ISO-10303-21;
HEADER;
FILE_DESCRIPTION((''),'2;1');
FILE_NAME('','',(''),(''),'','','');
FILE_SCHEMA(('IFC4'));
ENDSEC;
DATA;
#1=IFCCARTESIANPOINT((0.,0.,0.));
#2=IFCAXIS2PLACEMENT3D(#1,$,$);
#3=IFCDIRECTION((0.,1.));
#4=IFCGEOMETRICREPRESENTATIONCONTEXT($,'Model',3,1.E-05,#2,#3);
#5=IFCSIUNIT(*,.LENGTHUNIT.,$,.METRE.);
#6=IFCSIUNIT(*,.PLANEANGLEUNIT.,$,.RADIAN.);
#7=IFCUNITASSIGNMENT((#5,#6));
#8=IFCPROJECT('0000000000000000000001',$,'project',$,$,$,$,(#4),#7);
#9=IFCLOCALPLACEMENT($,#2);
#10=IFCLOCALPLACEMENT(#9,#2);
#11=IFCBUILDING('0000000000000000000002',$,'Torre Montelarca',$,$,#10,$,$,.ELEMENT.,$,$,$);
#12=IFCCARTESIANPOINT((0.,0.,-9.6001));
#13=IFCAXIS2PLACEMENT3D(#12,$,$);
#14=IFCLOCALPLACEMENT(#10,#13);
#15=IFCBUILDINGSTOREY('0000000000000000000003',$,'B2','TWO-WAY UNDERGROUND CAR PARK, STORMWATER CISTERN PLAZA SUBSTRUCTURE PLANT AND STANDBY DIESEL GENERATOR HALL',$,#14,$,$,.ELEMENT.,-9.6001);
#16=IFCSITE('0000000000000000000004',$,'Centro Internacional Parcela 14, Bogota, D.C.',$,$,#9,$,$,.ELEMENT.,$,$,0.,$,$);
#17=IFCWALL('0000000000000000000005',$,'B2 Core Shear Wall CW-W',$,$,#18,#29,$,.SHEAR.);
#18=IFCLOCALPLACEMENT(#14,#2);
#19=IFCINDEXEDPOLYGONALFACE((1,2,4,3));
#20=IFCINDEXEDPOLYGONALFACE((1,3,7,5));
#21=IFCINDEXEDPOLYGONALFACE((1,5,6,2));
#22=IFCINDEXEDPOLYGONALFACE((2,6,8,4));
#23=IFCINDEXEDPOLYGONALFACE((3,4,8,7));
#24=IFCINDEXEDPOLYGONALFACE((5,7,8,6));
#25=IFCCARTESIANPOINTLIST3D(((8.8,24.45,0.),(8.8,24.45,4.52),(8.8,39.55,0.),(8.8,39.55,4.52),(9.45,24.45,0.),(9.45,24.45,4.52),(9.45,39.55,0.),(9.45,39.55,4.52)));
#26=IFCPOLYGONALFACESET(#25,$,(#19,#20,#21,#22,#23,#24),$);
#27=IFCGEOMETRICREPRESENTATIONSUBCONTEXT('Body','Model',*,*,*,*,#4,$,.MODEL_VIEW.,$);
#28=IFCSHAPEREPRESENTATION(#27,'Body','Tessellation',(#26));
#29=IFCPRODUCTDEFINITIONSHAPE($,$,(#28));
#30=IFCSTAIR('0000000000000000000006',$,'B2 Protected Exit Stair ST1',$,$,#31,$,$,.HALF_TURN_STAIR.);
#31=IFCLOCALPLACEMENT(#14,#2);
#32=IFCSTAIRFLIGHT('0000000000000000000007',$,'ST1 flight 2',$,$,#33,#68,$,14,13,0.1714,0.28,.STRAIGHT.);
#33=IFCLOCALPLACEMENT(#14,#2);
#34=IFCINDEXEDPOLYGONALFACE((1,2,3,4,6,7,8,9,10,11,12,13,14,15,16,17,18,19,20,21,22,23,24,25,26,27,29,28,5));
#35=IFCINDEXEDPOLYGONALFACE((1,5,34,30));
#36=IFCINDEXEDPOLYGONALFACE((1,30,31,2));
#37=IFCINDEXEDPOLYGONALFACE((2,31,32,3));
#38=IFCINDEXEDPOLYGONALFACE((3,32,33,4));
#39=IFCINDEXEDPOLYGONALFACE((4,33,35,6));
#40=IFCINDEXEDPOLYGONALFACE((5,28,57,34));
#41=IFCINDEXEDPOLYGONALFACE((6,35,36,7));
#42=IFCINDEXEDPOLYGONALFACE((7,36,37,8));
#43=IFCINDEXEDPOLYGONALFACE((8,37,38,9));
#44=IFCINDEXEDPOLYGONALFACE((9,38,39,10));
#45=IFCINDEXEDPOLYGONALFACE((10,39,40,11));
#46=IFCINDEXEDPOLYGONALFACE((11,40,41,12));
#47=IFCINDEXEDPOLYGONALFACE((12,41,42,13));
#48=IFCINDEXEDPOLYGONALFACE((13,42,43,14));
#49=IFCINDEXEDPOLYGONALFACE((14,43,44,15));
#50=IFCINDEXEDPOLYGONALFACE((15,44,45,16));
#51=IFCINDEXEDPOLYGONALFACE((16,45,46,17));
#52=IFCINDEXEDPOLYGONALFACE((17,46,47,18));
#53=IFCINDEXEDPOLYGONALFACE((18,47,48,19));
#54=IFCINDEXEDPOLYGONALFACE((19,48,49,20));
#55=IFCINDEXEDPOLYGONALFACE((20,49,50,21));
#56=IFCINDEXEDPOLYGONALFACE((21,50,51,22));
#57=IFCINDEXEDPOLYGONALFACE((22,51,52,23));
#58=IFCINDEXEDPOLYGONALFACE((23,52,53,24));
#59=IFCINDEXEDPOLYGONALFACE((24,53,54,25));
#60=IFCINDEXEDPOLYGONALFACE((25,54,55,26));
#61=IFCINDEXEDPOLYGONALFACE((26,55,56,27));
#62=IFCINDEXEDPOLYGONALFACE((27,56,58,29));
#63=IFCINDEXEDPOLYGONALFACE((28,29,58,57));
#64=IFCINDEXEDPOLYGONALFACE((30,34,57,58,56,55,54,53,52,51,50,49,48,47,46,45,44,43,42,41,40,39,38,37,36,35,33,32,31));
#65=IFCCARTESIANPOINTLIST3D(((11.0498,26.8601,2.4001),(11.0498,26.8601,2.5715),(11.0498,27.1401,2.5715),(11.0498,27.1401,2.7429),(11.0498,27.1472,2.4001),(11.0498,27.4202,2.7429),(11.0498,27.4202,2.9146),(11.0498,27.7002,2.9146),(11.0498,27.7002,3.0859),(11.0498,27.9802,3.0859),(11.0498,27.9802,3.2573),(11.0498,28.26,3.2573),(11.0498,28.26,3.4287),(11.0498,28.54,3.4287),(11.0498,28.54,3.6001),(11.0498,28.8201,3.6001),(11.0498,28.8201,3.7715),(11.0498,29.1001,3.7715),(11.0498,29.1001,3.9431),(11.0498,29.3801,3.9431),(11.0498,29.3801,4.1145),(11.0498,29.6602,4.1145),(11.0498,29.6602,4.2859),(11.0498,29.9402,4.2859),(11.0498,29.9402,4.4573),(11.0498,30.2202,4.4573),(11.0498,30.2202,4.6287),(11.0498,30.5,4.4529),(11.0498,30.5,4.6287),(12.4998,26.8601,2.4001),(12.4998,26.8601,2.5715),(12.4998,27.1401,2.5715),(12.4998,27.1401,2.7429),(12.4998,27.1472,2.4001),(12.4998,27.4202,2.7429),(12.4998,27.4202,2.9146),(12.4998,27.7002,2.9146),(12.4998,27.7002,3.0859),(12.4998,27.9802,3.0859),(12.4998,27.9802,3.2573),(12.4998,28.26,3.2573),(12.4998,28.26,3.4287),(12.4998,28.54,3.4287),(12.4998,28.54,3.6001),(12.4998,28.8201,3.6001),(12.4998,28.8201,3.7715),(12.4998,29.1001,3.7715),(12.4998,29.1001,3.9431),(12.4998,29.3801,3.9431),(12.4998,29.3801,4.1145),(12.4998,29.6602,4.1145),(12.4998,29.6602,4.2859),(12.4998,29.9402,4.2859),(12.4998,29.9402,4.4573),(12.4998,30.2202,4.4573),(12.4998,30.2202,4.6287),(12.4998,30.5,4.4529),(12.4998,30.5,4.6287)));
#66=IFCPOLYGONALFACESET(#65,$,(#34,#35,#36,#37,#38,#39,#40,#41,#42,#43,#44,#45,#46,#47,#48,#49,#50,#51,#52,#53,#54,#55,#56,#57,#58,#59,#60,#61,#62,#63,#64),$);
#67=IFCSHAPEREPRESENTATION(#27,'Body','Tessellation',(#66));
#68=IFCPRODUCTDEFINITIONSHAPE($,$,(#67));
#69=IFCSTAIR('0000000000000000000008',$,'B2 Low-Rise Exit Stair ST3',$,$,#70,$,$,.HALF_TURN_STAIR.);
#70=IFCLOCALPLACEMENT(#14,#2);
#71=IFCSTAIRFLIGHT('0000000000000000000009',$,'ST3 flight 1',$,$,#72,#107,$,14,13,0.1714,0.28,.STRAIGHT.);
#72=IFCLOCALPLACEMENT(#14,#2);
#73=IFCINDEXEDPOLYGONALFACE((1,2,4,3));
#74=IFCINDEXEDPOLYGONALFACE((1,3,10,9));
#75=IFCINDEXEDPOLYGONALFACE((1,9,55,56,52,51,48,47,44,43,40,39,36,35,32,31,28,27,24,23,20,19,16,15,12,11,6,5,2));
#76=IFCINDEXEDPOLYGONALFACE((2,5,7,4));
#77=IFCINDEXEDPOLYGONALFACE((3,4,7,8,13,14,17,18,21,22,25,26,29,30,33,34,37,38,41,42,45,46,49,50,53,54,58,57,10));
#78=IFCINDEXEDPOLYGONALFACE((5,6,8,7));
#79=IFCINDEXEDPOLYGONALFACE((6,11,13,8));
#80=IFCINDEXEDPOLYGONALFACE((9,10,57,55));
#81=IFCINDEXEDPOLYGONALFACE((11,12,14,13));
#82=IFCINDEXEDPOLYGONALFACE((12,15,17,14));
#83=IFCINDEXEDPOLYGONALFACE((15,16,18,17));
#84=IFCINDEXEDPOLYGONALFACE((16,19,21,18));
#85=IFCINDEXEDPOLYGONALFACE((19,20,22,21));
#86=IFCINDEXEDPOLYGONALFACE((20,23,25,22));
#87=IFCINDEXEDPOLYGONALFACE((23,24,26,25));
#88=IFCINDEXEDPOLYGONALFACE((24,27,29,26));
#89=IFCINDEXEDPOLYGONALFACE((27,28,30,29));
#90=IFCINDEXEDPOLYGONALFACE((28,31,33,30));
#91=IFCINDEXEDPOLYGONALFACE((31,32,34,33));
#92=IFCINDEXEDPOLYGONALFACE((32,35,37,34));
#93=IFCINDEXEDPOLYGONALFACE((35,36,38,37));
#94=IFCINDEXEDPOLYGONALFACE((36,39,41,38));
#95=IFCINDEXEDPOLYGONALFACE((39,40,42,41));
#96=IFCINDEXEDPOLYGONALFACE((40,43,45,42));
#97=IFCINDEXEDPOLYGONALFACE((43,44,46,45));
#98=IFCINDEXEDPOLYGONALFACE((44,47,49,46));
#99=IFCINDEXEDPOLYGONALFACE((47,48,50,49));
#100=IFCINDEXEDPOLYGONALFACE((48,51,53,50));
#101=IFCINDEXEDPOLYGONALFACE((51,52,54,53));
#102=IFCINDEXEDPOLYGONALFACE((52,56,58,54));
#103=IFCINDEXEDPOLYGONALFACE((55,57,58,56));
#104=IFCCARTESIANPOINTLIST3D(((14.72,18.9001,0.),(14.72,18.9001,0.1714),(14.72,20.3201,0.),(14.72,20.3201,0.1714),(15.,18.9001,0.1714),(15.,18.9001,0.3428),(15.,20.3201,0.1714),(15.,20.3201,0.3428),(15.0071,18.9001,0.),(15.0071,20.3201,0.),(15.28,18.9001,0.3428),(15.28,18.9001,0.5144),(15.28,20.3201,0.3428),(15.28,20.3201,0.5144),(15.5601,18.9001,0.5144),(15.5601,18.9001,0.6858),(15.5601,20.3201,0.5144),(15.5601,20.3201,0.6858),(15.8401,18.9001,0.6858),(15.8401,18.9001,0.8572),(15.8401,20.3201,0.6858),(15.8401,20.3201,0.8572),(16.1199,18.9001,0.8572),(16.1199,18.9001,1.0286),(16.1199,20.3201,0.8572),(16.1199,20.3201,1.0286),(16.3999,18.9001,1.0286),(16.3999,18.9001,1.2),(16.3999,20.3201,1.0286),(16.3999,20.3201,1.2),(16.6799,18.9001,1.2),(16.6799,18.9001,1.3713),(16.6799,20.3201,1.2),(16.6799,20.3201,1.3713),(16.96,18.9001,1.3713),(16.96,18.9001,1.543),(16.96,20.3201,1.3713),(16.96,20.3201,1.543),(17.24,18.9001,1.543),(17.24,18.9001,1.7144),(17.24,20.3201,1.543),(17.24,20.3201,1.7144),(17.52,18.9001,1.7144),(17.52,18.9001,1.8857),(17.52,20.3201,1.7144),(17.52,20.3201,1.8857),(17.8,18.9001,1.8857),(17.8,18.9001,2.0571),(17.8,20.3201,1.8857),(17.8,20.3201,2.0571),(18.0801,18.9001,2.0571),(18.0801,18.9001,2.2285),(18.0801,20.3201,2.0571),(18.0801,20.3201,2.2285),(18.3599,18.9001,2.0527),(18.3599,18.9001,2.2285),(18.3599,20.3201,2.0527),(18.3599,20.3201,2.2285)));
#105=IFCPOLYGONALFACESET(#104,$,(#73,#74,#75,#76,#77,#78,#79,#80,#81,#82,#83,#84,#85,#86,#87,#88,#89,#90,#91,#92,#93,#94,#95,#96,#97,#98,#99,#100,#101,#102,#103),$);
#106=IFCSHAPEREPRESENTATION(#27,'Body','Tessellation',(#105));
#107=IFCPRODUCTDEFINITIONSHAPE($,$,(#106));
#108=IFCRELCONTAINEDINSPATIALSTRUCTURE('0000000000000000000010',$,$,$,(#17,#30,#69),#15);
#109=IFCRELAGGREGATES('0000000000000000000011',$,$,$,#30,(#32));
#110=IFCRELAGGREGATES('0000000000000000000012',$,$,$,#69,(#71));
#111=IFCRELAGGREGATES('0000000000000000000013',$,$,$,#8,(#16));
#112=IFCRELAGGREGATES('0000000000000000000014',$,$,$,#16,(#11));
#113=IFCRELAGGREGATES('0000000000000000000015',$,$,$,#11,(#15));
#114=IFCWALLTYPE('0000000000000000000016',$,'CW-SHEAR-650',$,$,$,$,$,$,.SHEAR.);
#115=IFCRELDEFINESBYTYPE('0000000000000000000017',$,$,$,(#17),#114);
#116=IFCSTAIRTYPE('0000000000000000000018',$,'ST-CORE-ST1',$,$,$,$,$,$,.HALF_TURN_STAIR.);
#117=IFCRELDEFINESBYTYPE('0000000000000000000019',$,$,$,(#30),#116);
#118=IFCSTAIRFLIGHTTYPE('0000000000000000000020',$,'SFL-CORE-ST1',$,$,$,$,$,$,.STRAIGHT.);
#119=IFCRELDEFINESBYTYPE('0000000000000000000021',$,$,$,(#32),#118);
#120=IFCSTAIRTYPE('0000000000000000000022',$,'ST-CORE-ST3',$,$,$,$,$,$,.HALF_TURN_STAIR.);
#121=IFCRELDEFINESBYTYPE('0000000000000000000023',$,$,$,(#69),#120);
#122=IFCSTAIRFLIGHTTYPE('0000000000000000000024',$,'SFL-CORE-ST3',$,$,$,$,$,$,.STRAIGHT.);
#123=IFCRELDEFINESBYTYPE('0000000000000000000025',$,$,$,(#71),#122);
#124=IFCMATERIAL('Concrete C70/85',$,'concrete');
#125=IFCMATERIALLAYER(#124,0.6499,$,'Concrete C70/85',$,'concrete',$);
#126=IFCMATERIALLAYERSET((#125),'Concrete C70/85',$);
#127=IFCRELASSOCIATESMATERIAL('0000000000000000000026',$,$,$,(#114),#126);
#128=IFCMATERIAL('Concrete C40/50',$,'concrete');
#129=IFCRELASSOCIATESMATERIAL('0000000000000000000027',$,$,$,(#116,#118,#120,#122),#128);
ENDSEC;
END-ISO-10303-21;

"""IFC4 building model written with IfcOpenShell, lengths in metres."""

from ifc_helpers import new_model, si_unit, direction, frame, frame_2d, origin, place, context, subcontext, project, spatial, polyline, rectangle, outline, extrude, material, layer, layer_set, type_object, element, aggregate, save


model = new_model("IFC4")

# Units and contexts
model_context = context("Model", 3, precision=1e-05, world=origin(), true_north=direction((0.0, 1.0)))
body_context = subcontext(model_context, "Body", "Model", "MODEL_VIEW")
ifc_project = project(units=[si_unit("LENGTHUNIT", "METRE"), si_unit("PLANEANGLEUNIT", "RADIAN")], contexts=[model_context])

# Site, building, storey
site_placement = place(None, origin())
site = spatial("IfcSite", under=ifc_project, at=site_placement, Name="Centro Internacional Parcela 14, Bogota, D.C.", CompositionType="ELEMENT", RefElevation=0.0)
building_placement = place(site_placement, origin())
building = spatial("IfcBuilding", under=site, at=building_placement, Name="Torre Montelarca", CompositionType="ELEMENT")
storey_placement = place(building_placement, frame((0.0, 0.0, -9.6001)))
storey = spatial("IfcBuildingStorey", under=building, at=storey_placement, Name="B2", Description="TWO-WAY UNDERGROUND CAR PARK, STORMWATER CISTERN PLAZA SUBSTRUCTURE PLANT AND STANDBY DIESEL GENERATOR HALL", CompositionType="ELEMENT", Elevation=-9.6001)

# Shared definitions
ifc_material_1 = material(Name="Concrete C40/50", Category="concrete")

# Shared definitions
ifc_material_2 = material(Name="Concrete C70/85", Category="concrete")

# Wall
ifc_layer_1 = layer(ifc_material_2, 0.6499, Name="Concrete C70/85", Category="concrete")
ifc_layer_set_1 = layer_set([ifc_layer_1], Name="Concrete C70/85")
wall_type_1 = type_object("IfcWallType", Name="CW-SHEAR-650", PredefinedType="SHEAR", material=ifc_layer_set_1)
wall_1_placement = place(storey_placement, frame((9.125, 24.45, 0.0), z_axis=(0.0, 0.0, 1.0), x_axis=(0.0, 1.0, 0.0)))
element("IfcWall", 1, at=wall_1_placement, inside=storey, type_object=wall_type_1, Name="B2 Core Shear Wall CW-W", PredefinedType="SHEAR", context=body_context, shape_type="SweptSolid", body=[
    extrude(rectangle(XDim=15.1001, YDim=0.6499, at=frame_2d((7.55, 0.0))), origin(), (0.0, 0.0, 1.0), 4.52),
])

# Stairs, stair flights
stair_type_1 = type_object("IfcStairType", Name="ST-CORE-ST1", PredefinedType="HALF_TURN_STAIR", material=ifc_material_1)
stair_1_placement = place(storey_placement, origin())
stair_1 = element("IfcStair", 2, at=stair_1_placement, inside=storey, type_object=stair_type_1, Name="B2 Protected Exit Stair ST1", PredefinedType="HALF_TURN_STAIR")
stair_flight_type_1 = type_object("IfcStairFlightType", Name="SFL-CORE-ST1", PredefinedType="STRAIGHT", material=ifc_material_1)
stair_flight_1_placement = place(storey_placement, frame((11.7749, 26.8601, 2.4001), z_axis=(0.0, 0.0, 1.0), x_axis=(0.0, 1.0, 0.0)))
stair_flight_1 = element("IfcStairFlight", 3, at=stair_flight_1_placement, type_object=stair_flight_type_1, Name="ST1 flight 2", NumberOfRisers=14, NumberOfTreads=13, PredefinedType="STRAIGHT", RiserHeight=0.1714, TreadLength=0.28, context=body_context, shape_type="SweptSolid", body=[
    extrude(outline(polyline([(0.0, 0.0), (0.0, 0.1714), (0.28, 0.1714), (0.28, 0.3428), (0.5601, 0.3428), (0.5601, 0.5144), (0.8401, 0.5144), (0.8401, 0.6858), (1.1201, 0.6858), (1.1201, 0.8572), (1.3999, 0.8572), (1.3999, 1.0286), (1.6799, 1.0286), (1.6799, 1.2), (1.96, 1.2), (1.96, 1.3713), (2.24, 1.3713), (2.24, 1.543), (2.52, 1.543), (2.52, 1.7144), (2.8, 1.7144), (2.8, 1.8857), (3.0801, 1.8857), (3.0801, 2.0571), (3.3601, 2.0571), (3.3601, 2.2285), (3.6399, 2.2285), (3.6399, 2.3999), (3.6399, 2.0527), (0.2871, 0.0), (0.0, 0.0)])), frame((0.0, 0.7251, 0.0), z_axis=(0.0, -1.0, 0.0), x_axis=(1.0, 0.0, 0.0)), (0.0, 0.0, 1.0), 1.45),
])
aggregate(stair_1, [stair_flight_1])
stair_type_2 = type_object("IfcStairType", Name="ST-CORE-ST3", PredefinedType="HALF_TURN_STAIR", material=ifc_material_1)
stair_2_placement = place(storey_placement, origin())
stair_2 = element("IfcStair", 4, at=stair_2_placement, inside=storey, type_object=stair_type_2, Name="B2 Low-Rise Exit Stair ST3", PredefinedType="HALF_TURN_STAIR")
stair_flight_type_2 = type_object("IfcStairFlightType", Name="SFL-CORE-ST3", PredefinedType="STRAIGHT", material=ifc_material_1)
stair_flight_2_placement = place(storey_placement, frame((14.72, 19.6101, 0.0), z_axis=(0.0, 0.0, 1.0), x_axis=(1.0, 0.0, 0.0)))
stair_flight_2 = element("IfcStairFlight", 5, at=stair_flight_2_placement, type_object=stair_flight_type_2, Name="ST3 flight 1", NumberOfRisers=14, NumberOfTreads=13, PredefinedType="STRAIGHT", RiserHeight=0.1714, TreadLength=0.28, context=body_context, shape_type="SweptSolid", body=[
    extrude(outline(polyline([(0.0, 0.0), (0.0, 0.1714), (0.28, 0.1714), (0.28, 0.3428), (0.5601, 0.3428), (0.5601, 0.5144), (0.8401, 0.5144), (0.8401, 0.6858), (1.1201, 0.6858), (1.1201, 0.8572), (1.3999, 0.8572), (1.3999, 1.0286), (1.6799, 1.0286), (1.6799, 1.2), (1.96, 1.2), (1.96, 1.3713), (2.24, 1.3713), (2.24, 1.543), (2.52, 1.543), (2.52, 1.7144), (2.8, 1.7144), (2.8, 1.8857), (3.0801, 1.8857), (3.0801, 2.0571), (3.3601, 2.0571), (3.3601, 2.2285), (3.6399, 2.2285), (3.6399, 2.3999), (3.6399, 2.0527), (0.2871, 0.0), (0.0, 0.0)])), frame((0.0, 0.71, 0.0), z_axis=(0.0, -1.0, 0.0), x_axis=(1.0, 0.0, 0.0)), (0.0, 0.0, 1.0), 1.4199),
])
aggregate(stair_2, [stair_flight_2])

save(model, "model.ifc")
